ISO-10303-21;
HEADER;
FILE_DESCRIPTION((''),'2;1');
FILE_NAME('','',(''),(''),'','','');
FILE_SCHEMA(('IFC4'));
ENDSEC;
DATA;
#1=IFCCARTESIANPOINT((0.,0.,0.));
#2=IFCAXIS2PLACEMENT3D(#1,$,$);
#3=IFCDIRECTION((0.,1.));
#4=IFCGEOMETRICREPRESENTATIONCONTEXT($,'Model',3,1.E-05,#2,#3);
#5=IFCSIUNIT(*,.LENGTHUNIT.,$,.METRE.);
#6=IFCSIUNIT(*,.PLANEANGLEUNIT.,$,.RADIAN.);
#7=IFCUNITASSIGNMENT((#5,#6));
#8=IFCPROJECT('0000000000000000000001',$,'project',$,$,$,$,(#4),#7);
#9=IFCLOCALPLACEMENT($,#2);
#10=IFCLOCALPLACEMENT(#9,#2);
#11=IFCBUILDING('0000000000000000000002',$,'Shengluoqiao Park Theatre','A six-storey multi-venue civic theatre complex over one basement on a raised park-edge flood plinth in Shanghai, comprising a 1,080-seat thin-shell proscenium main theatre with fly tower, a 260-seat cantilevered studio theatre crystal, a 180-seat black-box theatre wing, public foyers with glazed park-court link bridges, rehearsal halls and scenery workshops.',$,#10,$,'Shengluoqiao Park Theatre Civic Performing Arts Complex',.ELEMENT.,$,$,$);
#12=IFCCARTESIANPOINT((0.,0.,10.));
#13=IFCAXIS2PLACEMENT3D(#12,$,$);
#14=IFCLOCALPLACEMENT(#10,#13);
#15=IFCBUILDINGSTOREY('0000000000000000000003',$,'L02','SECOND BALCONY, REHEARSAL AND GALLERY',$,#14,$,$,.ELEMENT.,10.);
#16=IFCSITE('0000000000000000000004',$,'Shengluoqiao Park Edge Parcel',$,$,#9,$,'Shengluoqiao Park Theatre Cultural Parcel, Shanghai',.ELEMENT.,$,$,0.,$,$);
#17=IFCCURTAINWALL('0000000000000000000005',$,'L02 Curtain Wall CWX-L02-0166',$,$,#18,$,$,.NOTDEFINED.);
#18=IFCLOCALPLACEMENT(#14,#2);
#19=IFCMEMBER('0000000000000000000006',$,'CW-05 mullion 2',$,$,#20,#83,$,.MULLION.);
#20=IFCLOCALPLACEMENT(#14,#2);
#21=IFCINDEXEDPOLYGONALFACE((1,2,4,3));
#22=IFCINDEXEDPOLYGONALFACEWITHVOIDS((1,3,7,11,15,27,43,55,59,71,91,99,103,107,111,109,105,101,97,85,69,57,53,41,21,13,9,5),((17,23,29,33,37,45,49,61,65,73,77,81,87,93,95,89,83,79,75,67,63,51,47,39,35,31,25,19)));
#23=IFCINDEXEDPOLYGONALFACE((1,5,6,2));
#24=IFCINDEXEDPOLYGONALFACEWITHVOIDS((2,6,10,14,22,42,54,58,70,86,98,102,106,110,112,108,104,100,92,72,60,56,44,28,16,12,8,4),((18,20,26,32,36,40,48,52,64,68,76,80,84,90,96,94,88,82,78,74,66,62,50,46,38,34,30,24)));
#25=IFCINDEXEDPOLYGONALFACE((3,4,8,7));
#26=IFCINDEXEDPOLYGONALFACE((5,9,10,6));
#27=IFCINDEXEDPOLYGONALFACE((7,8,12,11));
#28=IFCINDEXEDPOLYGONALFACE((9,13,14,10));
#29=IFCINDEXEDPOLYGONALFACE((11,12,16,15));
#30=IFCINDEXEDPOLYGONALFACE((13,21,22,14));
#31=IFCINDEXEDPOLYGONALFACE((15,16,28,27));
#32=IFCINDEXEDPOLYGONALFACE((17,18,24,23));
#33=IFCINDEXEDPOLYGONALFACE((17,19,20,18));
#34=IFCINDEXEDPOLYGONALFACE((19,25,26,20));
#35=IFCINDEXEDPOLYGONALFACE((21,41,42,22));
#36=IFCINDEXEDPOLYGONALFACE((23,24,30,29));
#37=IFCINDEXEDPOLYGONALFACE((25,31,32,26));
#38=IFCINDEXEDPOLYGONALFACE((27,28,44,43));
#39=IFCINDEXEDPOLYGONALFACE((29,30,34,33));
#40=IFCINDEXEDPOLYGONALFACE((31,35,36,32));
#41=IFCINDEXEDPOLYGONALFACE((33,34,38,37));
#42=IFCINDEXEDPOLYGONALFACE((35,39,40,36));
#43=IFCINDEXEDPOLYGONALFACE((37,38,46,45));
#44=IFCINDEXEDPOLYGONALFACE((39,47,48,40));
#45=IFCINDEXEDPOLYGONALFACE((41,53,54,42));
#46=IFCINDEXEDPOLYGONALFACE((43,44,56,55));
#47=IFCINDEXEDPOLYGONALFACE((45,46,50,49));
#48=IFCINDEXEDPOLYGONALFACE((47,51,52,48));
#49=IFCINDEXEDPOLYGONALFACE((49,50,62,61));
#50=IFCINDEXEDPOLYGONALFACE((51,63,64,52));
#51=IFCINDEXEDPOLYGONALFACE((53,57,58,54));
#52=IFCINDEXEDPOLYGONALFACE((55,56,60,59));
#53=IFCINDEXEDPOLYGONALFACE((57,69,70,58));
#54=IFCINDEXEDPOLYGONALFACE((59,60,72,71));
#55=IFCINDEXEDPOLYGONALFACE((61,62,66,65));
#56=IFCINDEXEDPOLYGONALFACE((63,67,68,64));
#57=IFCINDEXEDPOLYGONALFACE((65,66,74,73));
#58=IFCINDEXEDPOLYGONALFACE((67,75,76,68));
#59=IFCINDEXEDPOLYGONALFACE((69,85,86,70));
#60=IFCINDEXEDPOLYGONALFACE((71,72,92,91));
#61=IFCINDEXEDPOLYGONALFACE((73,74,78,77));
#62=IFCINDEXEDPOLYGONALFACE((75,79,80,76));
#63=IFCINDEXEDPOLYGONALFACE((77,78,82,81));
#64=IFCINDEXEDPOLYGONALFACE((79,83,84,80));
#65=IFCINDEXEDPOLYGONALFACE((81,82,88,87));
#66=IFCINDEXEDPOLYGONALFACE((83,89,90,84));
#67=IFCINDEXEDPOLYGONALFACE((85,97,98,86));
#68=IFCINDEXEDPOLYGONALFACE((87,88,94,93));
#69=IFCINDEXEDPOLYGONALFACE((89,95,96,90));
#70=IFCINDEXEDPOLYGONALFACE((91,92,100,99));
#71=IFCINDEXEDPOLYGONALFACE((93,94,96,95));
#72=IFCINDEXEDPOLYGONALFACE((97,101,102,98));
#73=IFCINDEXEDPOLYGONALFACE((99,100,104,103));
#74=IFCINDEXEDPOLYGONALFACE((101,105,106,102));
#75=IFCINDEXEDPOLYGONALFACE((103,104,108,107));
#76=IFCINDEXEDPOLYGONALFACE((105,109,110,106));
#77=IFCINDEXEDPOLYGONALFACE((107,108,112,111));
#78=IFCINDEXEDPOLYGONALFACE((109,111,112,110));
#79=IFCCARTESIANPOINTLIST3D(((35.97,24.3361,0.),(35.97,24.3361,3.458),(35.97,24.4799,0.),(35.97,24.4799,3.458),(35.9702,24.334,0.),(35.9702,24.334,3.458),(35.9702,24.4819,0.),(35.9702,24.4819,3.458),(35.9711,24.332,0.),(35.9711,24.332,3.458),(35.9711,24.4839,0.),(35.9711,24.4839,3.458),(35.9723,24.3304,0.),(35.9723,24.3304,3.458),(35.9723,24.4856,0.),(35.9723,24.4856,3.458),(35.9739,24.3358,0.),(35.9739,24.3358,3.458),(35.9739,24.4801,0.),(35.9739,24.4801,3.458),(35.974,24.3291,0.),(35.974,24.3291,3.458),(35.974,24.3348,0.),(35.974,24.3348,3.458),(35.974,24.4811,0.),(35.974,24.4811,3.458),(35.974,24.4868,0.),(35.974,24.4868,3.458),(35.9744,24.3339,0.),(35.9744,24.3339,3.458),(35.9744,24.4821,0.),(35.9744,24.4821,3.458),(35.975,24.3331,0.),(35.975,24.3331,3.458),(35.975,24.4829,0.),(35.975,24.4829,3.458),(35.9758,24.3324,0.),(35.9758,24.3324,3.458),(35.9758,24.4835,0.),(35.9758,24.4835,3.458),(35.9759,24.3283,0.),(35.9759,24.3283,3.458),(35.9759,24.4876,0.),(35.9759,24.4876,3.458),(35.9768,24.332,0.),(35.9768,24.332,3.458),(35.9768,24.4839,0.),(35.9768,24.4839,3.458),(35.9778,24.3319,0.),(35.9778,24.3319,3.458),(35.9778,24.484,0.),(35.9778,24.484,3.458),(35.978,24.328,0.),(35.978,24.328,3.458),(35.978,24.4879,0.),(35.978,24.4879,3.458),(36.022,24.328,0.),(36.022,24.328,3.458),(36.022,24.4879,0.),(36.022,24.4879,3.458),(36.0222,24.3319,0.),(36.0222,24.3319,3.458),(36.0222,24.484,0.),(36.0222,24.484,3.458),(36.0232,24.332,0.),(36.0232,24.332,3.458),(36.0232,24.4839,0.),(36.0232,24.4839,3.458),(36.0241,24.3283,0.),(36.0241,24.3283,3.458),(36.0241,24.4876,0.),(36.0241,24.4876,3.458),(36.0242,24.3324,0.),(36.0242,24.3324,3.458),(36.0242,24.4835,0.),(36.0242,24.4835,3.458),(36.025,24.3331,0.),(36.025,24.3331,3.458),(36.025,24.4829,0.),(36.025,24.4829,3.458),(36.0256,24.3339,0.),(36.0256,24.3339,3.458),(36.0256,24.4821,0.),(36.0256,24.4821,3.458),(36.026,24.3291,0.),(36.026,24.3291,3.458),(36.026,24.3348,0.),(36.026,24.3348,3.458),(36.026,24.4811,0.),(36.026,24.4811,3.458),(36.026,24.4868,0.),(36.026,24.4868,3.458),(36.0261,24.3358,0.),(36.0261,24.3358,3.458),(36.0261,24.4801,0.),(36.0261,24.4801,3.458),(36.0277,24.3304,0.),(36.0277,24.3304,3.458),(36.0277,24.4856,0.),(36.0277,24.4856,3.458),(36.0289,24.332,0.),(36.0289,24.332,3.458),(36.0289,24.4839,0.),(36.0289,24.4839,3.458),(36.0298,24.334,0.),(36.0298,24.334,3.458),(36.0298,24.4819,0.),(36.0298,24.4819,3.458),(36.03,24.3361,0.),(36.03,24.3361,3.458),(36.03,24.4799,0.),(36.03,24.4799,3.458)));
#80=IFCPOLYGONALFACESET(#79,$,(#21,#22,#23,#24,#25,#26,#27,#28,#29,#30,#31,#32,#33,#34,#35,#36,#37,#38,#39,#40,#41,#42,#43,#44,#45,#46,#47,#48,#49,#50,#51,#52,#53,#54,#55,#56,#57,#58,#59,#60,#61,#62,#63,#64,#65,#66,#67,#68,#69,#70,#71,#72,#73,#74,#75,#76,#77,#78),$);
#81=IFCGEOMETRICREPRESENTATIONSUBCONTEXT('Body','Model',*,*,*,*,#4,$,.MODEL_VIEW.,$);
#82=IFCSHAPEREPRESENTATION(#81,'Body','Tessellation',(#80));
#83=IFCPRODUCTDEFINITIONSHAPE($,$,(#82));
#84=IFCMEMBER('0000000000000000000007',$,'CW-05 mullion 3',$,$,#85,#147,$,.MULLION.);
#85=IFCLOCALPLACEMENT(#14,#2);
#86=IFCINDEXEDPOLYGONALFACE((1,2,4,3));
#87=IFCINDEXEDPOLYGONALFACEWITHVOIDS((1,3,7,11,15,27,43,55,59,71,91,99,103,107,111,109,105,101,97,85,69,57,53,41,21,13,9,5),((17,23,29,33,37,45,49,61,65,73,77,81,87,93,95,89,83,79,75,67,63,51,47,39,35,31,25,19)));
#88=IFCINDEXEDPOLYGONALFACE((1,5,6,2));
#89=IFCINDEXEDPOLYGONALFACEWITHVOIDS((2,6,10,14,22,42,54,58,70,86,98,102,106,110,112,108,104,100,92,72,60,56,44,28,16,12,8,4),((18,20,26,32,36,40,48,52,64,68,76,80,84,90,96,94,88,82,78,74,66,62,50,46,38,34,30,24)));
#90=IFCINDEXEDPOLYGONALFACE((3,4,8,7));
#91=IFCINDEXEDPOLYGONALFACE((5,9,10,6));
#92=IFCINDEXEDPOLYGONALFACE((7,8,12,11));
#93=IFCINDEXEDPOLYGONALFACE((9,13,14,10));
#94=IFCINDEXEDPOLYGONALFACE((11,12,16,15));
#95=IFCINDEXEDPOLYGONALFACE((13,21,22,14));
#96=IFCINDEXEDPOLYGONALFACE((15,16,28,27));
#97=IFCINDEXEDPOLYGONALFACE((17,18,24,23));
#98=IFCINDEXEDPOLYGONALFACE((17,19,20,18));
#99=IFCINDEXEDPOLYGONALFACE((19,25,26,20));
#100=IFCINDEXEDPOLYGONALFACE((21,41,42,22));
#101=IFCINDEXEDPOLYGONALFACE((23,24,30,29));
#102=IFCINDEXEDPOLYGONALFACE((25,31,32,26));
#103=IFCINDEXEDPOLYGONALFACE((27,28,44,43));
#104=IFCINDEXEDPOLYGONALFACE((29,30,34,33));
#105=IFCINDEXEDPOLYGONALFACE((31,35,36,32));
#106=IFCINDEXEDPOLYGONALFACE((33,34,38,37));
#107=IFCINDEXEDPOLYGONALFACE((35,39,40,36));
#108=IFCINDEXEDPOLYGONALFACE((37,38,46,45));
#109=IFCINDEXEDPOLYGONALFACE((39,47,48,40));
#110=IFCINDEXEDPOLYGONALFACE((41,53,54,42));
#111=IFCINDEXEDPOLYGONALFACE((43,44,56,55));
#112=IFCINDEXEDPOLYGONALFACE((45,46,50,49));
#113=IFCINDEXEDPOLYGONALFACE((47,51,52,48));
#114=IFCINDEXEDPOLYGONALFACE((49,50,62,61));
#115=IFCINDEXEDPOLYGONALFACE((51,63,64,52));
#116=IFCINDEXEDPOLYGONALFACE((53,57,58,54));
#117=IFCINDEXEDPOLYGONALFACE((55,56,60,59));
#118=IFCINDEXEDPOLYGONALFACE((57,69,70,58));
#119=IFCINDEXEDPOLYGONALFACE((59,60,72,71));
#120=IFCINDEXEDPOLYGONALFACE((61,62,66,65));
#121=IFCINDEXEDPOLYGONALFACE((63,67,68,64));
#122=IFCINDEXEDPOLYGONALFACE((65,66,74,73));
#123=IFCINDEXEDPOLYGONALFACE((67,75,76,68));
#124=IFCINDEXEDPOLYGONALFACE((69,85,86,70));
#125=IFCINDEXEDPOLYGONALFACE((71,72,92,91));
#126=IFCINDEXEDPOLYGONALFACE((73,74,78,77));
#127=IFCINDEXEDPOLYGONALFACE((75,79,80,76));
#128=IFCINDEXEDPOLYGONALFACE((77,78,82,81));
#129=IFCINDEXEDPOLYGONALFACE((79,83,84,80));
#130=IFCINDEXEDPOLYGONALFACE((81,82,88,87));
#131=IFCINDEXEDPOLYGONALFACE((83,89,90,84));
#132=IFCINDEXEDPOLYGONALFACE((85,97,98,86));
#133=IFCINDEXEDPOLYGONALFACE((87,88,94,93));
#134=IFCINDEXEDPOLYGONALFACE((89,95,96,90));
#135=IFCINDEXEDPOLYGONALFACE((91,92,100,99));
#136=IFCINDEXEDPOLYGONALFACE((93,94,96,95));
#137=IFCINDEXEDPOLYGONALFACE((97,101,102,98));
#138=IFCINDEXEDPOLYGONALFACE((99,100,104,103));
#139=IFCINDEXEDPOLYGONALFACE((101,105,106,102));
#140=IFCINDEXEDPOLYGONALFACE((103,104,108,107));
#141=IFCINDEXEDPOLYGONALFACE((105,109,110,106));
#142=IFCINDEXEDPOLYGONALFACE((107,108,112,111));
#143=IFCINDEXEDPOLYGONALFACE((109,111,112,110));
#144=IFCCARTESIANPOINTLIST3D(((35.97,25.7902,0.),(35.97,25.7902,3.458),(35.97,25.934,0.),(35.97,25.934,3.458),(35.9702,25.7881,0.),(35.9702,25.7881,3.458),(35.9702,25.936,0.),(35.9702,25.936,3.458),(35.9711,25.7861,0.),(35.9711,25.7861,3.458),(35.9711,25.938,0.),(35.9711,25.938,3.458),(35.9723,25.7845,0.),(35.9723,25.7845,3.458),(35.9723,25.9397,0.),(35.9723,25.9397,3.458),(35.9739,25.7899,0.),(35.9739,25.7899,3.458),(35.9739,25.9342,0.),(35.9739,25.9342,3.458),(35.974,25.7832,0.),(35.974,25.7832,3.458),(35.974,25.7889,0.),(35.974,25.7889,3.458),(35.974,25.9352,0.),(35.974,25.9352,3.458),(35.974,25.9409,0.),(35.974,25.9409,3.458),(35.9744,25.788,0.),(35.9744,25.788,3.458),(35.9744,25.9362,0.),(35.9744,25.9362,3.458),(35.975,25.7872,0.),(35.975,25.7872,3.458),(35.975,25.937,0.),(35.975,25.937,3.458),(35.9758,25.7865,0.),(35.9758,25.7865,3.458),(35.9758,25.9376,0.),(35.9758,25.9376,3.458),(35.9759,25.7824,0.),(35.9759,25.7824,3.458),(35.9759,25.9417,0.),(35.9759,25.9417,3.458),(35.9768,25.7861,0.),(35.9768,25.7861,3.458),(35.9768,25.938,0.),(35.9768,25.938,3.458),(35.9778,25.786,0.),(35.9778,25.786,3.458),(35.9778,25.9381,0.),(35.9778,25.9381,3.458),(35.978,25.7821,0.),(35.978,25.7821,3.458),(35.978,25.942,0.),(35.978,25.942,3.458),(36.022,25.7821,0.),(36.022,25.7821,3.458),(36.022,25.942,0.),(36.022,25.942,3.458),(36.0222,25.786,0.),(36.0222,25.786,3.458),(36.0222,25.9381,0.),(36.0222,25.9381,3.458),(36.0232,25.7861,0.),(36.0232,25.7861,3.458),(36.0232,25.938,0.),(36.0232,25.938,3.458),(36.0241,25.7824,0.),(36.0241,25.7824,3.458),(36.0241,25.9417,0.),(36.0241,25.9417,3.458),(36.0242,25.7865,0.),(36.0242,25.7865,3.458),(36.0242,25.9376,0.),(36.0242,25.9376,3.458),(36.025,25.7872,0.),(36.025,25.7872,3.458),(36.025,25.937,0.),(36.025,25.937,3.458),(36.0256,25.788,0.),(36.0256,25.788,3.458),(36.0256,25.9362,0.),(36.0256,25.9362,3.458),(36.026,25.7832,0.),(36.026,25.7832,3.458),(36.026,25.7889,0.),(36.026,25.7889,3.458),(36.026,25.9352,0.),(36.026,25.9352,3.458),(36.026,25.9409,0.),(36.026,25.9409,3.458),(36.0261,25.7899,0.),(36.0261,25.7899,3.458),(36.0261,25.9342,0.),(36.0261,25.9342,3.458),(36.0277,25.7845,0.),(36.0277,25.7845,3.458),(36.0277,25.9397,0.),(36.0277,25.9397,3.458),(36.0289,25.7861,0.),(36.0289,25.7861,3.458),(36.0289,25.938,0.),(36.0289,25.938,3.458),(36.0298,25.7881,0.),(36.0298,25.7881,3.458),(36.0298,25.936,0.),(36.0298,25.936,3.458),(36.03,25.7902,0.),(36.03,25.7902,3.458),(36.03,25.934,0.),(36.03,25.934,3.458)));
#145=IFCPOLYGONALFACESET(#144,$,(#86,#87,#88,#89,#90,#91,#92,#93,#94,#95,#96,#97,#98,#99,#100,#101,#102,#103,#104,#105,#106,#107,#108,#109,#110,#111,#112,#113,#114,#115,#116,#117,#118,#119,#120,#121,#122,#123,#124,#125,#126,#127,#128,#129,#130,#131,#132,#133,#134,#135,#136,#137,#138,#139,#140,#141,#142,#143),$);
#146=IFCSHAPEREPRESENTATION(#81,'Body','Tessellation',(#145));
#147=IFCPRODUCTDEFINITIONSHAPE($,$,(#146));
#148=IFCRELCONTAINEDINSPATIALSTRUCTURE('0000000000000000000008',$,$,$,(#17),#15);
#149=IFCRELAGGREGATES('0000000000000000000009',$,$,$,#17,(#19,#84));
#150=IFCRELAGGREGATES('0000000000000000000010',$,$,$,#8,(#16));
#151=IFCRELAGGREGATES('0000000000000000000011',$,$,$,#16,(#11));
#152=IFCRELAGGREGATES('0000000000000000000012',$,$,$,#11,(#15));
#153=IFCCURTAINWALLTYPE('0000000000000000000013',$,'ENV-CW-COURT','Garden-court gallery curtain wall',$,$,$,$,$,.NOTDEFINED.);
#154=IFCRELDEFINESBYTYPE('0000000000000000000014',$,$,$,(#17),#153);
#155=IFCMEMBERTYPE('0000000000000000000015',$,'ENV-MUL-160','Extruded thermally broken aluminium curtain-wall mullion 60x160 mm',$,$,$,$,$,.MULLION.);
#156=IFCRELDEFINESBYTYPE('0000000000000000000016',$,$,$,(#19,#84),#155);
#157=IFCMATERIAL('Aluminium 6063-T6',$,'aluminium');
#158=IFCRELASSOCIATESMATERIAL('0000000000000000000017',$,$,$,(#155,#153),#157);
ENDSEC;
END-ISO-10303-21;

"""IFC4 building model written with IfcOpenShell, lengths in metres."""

from ifc_helpers import new_model, si_unit, direction, frame, origin, origin_2d, place, context, subcontext, project, spatial, hollow_rectangle, extrude, material, material_profile, profile_set, type_object, element, aggregate, save


model = new_model("IFC4")

# Units and contexts
model_context = context("Model", 3, precision=1e-05, world=origin(), true_north=direction((0.0, 1.0)))
body_context = subcontext(model_context, "Body", "Model", "MODEL_VIEW")
ifc_project = project(units=[si_unit("LENGTHUNIT", "METRE"), si_unit("PLANEANGLEUNIT", "RADIAN")], contexts=[model_context])

# Site, building, storey
site_placement = place(None, origin())
site = spatial("IfcSite", under=ifc_project, at=site_placement, Name="Shengluoqiao Park Edge Parcel", LongName="Shengluoqiao Park Theatre Cultural Parcel, Shanghai", CompositionType="ELEMENT", RefElevation=0.0)
building_placement = place(site_placement, origin())
building = spatial("IfcBuilding", under=site, at=building_placement, Name="Shengluoqiao Park Theatre", Description="A six-storey multi-venue civic theatre complex over one basement on a raised park-edge flood plinth in Shanghai, comprising a 1,080-seat thin-shell proscenium main theatre with fly tower, a 260-seat cantilevered studio theatre crystal, a 180-seat black-box theatre wing, public foyers with glazed park-court link bridges, rehearsal halls and scenery workshops.", LongName="Shengluoqiao Park Theatre Civic Performing Arts Complex", CompositionType="ELEMENT")
storey_placement = place(building_placement, frame((0.0, 0.0, 10.0)))
storey = spatial("IfcBuildingStorey", under=building, at=storey_placement, Name="L02", Description="SECOND BALCONY, REHEARSAL AND GALLERY", CompositionType="ELEMENT", Elevation=10.0)

# Shared definitions
ifc_material_1 = material(Name="Aluminium 6063-T6", Category="aluminium")
ifc_material_profile_1 = material_profile(ifc_material_1, hollow_rectangle(XDim=0.0601, YDim=0.1599, WallThickness=0.0039, InnerFilletRadius=0.0039, OuterFilletRadius=0.0081, at=origin_2d()), Name="ALU MULLION 160x60x4")
ifc_profile_set_1 = profile_set([ifc_material_profile_1], Name="Aluminium 6063-T6")
member_type_1 = type_object("IfcMemberType", Name="ENV-MUL-160", Description="Extruded thermally broken aluminium curtain-wall mullion 60x160 mm", PredefinedType="MULLION", material=ifc_profile_set_1)

# Curtain wall, members
curtain_wall_type_1 = type_object("IfcCurtainWallType", Name="ENV-CW-COURT", Description="Garden-court gallery curtain wall", PredefinedType="NOTDEFINED", material=ifc_material_1)
curtain_wall_1_placement = place(storey_placement, origin())
curtain_wall_1 = element("IfcCurtainWall", 1, at=curtain_wall_1_placement, inside=storey, type_object=curtain_wall_type_1, Name="L02 Curtain Wall CWX-L02-0166", PredefinedType="NOTDEFINED")
member_1_placement = place(storey_placement, frame((36.0, 24.408, 0.0), z_axis=(0.0, 0.0, 1.0), x_axis=(-1.0, 0.0, 0.0)))
member_1 = element("IfcMember", 2, at=member_1_placement, type_object=member_type_1, Name="CW-05 mullion 2", PredefinedType="MULLION", context=body_context, shape_type="SweptSolid", body=[
    extrude(hollow_rectangle(XDim=0.0601, YDim=0.1599, WallThickness=0.0039, InnerFilletRadius=0.0039, OuterFilletRadius=0.0081, at=origin_2d()), origin(), (0.0, 0.0, 1.0), 3.458),
])
member_2_placement = place(storey_placement, frame((36.0, 25.8621, 0.0), z_axis=(0.0, 0.0, 1.0), x_axis=(-1.0, 0.0, 0.0)))
member_2 = element("IfcMember", 3, at=member_2_placement, type_object=member_type_1, Name="CW-05 mullion 3", PredefinedType="MULLION", context=body_context, shape_type="SweptSolid", body=[
    extrude(hollow_rectangle(XDim=0.0601, YDim=0.1599, WallThickness=0.0039, InnerFilletRadius=0.0039, OuterFilletRadius=0.0081, at=origin_2d()), origin(), (0.0, 0.0, 1.0), 3.458),
])

aggregate(curtain_wall_1, [member_1, member_2])

save(model, "model.ifc")
